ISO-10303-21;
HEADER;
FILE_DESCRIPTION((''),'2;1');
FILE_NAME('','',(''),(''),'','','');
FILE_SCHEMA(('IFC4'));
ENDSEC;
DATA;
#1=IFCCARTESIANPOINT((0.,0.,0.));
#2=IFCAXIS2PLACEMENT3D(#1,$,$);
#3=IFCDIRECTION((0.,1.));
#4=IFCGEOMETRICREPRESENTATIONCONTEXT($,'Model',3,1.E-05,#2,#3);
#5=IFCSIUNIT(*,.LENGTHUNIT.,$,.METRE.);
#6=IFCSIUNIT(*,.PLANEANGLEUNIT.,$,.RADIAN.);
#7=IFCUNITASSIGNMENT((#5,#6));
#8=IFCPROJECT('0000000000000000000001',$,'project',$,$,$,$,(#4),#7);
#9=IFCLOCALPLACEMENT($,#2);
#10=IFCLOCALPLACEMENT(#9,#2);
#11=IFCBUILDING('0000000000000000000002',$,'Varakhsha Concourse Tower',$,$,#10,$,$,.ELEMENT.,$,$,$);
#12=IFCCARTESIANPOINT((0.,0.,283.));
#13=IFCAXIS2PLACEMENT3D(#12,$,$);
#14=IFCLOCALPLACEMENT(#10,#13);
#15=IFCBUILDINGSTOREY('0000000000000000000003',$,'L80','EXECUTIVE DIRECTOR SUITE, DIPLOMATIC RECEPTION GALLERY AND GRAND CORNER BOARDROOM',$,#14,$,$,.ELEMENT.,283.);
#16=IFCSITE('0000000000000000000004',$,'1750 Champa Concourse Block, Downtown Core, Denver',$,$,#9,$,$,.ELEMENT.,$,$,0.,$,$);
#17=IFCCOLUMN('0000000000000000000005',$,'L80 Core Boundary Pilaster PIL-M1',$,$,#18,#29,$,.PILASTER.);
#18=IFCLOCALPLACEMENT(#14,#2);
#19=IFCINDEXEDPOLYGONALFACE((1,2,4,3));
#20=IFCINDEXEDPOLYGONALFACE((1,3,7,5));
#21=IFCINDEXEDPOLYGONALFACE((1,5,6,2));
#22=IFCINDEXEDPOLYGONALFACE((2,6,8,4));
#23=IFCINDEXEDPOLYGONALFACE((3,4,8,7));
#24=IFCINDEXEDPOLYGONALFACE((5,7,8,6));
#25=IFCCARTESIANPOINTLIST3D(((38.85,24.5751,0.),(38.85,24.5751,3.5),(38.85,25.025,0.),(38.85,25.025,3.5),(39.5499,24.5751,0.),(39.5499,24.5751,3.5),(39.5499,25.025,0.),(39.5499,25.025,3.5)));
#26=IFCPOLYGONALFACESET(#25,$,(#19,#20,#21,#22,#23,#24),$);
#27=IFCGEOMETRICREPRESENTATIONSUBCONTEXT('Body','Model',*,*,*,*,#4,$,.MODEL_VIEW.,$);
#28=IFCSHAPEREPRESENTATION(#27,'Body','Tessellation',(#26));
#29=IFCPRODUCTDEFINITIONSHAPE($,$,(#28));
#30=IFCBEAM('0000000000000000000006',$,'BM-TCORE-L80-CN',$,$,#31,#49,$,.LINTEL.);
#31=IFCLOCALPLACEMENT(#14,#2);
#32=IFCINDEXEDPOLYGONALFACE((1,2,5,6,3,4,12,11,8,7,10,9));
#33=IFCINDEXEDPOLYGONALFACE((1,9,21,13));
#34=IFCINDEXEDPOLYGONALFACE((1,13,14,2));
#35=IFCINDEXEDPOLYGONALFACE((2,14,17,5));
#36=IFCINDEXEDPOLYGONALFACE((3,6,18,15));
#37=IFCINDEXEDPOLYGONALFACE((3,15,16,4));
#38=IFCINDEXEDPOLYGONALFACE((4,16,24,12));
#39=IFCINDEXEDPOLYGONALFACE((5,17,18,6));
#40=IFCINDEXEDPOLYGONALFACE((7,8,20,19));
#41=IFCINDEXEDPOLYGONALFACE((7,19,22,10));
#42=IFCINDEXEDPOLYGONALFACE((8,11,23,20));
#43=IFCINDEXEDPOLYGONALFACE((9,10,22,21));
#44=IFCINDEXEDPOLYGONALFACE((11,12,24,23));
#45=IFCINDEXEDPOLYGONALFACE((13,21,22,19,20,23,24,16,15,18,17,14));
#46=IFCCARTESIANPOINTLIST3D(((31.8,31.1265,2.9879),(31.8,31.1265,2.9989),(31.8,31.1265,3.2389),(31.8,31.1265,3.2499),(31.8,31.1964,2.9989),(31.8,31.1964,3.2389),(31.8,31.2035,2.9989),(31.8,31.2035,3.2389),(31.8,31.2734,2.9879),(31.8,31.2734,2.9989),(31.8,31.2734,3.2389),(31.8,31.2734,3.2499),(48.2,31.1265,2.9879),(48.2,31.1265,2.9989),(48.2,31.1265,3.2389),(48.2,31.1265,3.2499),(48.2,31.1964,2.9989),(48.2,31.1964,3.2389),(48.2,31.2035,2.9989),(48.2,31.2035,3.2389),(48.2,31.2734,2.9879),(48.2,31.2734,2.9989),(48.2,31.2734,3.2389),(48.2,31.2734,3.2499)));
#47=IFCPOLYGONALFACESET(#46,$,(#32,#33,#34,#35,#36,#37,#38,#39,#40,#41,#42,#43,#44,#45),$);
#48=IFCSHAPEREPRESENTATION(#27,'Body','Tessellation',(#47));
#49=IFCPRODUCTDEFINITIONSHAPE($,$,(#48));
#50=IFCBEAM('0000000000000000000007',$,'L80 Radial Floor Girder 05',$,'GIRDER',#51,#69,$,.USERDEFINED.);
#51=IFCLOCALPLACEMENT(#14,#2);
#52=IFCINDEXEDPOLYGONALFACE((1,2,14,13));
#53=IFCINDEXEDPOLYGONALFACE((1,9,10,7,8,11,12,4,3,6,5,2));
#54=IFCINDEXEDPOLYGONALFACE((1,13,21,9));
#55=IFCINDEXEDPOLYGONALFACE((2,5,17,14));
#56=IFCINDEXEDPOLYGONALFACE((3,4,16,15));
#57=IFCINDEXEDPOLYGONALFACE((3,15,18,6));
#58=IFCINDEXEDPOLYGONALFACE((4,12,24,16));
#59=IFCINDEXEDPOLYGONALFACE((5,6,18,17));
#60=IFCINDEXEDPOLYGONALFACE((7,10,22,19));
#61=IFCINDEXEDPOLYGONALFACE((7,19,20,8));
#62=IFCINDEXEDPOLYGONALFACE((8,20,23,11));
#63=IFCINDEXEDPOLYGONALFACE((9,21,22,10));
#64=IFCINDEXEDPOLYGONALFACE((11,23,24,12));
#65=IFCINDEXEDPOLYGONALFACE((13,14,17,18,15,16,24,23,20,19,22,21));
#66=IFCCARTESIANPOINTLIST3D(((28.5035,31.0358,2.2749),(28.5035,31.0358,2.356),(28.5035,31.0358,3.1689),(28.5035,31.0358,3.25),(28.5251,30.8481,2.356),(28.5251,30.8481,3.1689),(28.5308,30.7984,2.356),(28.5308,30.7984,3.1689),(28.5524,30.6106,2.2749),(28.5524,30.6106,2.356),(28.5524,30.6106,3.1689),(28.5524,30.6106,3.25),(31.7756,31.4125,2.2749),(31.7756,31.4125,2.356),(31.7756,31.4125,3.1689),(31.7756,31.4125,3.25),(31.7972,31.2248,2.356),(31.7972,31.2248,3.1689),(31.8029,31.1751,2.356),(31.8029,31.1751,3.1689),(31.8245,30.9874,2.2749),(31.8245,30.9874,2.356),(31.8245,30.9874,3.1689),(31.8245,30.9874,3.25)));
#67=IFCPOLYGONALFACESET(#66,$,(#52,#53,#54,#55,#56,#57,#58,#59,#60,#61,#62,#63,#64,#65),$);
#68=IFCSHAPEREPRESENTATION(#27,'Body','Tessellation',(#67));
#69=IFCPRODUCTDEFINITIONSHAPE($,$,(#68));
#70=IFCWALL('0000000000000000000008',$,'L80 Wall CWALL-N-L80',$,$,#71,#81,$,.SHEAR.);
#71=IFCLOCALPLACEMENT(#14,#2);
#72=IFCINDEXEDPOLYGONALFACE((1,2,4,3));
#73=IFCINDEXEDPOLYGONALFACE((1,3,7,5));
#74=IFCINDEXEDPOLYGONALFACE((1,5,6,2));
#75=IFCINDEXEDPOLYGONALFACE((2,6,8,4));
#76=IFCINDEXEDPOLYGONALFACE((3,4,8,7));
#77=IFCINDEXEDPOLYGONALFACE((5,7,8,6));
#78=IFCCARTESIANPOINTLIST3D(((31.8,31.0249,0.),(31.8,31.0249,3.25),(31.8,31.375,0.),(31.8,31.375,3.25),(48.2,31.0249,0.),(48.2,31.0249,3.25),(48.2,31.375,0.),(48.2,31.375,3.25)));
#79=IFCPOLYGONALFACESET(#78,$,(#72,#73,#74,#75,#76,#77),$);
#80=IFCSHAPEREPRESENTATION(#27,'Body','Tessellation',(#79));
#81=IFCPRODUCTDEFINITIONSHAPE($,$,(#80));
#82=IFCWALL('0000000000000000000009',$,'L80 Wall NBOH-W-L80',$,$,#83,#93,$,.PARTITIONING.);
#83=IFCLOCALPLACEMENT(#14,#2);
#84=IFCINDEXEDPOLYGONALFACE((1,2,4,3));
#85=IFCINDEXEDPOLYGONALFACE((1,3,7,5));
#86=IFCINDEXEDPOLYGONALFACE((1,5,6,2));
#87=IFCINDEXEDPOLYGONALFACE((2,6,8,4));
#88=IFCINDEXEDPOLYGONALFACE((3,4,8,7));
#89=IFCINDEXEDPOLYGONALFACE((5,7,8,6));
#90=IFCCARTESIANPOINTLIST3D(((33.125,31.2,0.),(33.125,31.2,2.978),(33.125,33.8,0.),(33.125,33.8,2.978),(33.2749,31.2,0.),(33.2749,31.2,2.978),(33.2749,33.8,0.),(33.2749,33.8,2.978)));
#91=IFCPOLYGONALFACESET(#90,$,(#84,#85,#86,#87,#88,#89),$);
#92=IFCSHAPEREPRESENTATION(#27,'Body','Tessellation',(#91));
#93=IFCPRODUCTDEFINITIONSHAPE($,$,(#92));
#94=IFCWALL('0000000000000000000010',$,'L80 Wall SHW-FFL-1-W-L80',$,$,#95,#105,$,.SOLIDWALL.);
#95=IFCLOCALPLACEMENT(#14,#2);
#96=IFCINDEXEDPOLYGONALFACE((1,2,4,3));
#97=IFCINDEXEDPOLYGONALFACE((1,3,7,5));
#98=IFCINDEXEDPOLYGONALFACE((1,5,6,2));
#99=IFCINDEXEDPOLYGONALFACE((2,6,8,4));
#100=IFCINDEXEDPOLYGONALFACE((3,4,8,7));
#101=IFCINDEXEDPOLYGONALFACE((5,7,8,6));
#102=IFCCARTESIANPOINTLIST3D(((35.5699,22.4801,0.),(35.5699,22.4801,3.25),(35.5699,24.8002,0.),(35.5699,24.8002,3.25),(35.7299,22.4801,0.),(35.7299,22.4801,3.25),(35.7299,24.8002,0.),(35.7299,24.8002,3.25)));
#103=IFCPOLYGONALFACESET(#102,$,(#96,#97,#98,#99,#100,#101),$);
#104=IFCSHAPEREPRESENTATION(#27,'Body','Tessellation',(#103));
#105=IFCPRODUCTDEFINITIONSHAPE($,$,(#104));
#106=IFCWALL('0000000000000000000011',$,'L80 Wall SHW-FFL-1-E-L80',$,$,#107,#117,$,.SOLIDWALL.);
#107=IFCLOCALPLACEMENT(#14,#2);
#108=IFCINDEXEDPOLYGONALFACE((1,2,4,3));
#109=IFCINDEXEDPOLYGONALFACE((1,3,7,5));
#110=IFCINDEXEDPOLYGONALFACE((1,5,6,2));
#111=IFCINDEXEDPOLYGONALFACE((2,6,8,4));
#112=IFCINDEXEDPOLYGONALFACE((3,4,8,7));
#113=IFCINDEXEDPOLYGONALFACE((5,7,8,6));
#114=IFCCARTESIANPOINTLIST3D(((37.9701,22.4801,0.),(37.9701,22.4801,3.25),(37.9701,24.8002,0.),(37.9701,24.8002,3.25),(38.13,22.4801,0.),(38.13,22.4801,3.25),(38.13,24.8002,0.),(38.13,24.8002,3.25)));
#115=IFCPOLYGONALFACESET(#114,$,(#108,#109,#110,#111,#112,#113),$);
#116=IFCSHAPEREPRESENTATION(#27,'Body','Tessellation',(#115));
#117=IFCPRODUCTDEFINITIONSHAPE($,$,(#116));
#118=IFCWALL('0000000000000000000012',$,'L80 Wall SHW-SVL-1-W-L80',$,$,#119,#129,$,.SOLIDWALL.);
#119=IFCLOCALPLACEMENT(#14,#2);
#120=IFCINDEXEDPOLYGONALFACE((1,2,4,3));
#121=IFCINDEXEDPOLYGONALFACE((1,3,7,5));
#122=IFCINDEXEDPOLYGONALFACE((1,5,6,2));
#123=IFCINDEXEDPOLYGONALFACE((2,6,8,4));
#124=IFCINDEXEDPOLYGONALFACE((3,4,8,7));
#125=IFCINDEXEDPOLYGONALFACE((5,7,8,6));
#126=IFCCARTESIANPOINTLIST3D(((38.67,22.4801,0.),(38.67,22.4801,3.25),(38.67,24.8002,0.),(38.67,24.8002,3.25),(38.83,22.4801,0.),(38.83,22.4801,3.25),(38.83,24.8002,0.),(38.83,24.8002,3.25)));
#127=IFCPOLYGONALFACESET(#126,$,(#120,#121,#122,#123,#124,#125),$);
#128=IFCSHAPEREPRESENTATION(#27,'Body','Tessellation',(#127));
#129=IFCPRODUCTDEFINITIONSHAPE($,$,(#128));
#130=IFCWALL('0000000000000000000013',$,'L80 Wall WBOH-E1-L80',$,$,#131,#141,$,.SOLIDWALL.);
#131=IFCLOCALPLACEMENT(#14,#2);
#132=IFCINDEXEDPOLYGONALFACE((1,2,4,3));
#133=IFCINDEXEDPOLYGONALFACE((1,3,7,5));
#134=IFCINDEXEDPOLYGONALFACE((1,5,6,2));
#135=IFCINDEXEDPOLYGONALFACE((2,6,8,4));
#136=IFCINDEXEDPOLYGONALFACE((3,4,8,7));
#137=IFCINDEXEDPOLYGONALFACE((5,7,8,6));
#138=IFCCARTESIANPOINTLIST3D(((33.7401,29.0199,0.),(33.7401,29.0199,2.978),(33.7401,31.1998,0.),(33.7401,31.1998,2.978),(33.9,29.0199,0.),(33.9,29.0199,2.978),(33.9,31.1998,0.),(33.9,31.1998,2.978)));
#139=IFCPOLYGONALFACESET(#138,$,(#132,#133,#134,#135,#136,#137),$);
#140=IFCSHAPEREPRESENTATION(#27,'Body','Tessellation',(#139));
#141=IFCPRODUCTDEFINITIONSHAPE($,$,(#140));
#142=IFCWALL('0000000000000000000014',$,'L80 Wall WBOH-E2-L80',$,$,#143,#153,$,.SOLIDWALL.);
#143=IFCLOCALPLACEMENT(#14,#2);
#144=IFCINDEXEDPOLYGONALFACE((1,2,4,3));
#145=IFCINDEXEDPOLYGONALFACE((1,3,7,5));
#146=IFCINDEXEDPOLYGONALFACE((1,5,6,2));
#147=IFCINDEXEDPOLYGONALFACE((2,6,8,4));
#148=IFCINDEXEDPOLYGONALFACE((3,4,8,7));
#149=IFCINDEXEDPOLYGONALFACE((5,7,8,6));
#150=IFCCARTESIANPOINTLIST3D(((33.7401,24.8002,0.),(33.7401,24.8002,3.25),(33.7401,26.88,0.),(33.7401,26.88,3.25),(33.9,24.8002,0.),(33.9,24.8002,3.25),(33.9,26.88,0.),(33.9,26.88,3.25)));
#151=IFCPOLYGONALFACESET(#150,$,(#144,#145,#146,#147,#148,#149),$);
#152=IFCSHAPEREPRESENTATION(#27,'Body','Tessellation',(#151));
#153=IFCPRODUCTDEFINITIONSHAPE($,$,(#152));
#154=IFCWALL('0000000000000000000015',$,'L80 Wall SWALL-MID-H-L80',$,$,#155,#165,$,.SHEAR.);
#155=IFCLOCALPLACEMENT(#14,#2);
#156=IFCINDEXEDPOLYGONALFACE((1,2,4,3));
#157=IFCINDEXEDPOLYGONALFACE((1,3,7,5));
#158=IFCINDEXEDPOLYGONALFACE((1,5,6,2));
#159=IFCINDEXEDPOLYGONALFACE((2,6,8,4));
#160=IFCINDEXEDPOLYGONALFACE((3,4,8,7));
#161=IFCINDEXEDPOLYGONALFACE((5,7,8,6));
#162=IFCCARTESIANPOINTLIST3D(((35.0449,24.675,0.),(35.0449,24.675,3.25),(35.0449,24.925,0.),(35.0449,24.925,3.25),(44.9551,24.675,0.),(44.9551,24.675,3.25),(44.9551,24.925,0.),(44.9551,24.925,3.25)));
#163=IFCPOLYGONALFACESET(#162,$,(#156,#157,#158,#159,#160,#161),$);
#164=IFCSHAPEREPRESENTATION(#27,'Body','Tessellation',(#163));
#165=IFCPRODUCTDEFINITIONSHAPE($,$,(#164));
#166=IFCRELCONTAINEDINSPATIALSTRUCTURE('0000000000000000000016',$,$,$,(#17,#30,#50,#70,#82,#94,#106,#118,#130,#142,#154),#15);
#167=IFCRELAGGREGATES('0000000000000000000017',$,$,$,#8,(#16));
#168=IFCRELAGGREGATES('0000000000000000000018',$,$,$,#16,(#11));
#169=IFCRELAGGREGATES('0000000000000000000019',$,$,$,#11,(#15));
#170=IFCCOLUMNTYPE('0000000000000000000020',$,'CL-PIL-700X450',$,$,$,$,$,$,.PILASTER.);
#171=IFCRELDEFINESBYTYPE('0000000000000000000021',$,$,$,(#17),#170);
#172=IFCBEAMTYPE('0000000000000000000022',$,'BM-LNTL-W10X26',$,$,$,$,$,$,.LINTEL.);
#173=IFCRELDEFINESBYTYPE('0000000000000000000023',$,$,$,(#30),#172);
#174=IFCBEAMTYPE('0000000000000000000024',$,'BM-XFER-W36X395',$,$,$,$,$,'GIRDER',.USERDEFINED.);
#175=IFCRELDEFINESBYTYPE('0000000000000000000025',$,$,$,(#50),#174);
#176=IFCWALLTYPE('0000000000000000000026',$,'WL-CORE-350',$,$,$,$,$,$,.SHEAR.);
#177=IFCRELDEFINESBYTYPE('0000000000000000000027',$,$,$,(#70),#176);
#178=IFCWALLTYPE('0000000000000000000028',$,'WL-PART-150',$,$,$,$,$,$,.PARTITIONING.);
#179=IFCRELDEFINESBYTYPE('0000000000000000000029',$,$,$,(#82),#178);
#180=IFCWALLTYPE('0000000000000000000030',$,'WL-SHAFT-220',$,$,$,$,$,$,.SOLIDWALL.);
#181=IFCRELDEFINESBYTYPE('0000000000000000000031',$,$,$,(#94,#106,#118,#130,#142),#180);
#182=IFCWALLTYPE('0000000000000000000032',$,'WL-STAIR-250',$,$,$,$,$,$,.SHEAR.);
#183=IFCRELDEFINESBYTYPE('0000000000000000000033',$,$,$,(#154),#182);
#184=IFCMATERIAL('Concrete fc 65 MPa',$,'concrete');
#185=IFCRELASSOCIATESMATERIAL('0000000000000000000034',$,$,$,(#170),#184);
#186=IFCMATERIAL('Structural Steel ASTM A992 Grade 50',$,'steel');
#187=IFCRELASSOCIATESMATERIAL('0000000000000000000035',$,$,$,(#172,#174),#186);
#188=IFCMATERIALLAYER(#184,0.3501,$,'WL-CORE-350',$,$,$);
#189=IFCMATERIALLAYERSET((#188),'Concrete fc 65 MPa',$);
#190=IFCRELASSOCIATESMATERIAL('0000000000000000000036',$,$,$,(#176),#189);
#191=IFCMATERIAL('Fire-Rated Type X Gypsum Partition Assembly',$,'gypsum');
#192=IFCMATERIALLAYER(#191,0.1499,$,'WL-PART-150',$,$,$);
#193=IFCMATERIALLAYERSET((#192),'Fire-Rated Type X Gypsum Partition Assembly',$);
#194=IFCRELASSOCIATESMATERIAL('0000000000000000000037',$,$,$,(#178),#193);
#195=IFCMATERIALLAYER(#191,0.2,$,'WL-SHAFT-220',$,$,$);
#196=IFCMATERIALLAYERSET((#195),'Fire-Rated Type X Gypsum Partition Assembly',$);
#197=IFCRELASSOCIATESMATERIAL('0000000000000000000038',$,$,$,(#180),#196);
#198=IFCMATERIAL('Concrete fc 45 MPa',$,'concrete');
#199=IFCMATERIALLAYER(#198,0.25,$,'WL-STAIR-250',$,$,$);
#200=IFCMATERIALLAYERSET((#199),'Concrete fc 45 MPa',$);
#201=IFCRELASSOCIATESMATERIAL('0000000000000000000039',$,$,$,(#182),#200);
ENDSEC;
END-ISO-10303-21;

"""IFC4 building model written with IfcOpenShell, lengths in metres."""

from ifc_helpers import new_model, si_unit, direction, frame, frame_2d, origin, origin_2d, place, context, subcontext, project, spatial, rectangle, i_section, extrude, material, layer, layer_set, material_profile, profile_set, type_object, element, save


model = new_model("IFC4")

# Units and contexts
model_context = context("Model", 3, precision=1e-05, world=origin(), true_north=direction((0.0, 1.0)))
body_context = subcontext(model_context, "Body", "Model", "MODEL_VIEW")
ifc_project = project(units=[si_unit("LENGTHUNIT", "METRE"), si_unit("PLANEANGLEUNIT", "RADIAN")], contexts=[model_context])

# Site, building, storey
site_placement = place(None, origin())
site = spatial("IfcSite", under=ifc_project, at=site_placement, Name="1750 Champa Concourse Block, Downtown Core, Denver", CompositionType="ELEMENT", RefElevation=0.0)
building_placement = place(site_placement, origin())
building = spatial("IfcBuilding", under=site, at=building_placement, Name="Varakhsha Concourse Tower", CompositionType="ELEMENT")
storey_placement = place(building_placement, frame((0.0, 0.0, 283.0)))
storey = spatial("IfcBuildingStorey", under=building, at=storey_placement, Name="L80", Description="EXECUTIVE DIRECTOR SUITE, DIPLOMATIC RECEPTION GALLERY AND GRAND CORNER BOARDROOM", CompositionType="ELEMENT", Elevation=283.0)

# Column
ifc_material_1 = material(Name="Concrete fc 65 MPa", Category="concrete")
ifc_material_profile_1 = material_profile(ifc_material_1, rectangle(XDim=0.7, YDim=0.45, at=origin_2d()), Name="RC 700x450")
ifc_profile_set_1 = profile_set([ifc_material_profile_1], Name="Concrete fc 65 MPa")
column_type = type_object("IfcColumnType", Name="CL-PIL-700X450", PredefinedType="PILASTER", material=ifc_profile_set_1)
column_placement = place(storey_placement, frame((39.2, 24.8, 0.0), z_axis=(0.0, 0.0, 1.0), x_axis=(1.0, 0.0, 0.0)))
element("IfcColumn", 1, at=column_placement, inside=storey, type_object=column_type, Name="L80 Core Boundary Pilaster PIL-M1", PredefinedType="PILASTER", context=body_context, shape_type="SweptSolid", body=[
    extrude(rectangle(XDim=0.7, YDim=0.45, at=origin_2d()), origin(), (0.0, 0.0, 1.0), 3.5),
])

# Beams
ifc_material_2 = material(Name="Structural Steel ASTM A992 Grade 50", Category="steel")
ifc_material_profile_2 = material_profile(ifc_material_2, i_section(OverallWidth=0.147, OverallDepth=0.262, WebThickness=0.0071, FlangeThickness=0.011, at=origin_2d()), Name="W10X26")
ifc_profile_set_2 = profile_set([ifc_material_profile_2], Name="Structural Steel ASTM A992 Grade 50")
beam_type_1 = type_object("IfcBeamType", Name="BM-LNTL-W10X26", PredefinedType="LINTEL", material=ifc_profile_set_2)
beam_1_placement = place(storey_placement, frame((31.8, 31.2, 3.1189), z_axis=(1.0, 0.0, 0.0), x_axis=(0.0, 1.0, 0.0)))
element("IfcBeam", 2, at=beam_1_placement, inside=storey, type_object=beam_type_1, Name="BM-TCORE-L80-CN", PredefinedType="LINTEL", context=body_context, shape_type="SweptSolid", body=[
    extrude(i_section(OverallWidth=0.147, OverallDepth=0.262, WebThickness=0.0071, FlangeThickness=0.011, at=origin_2d()), origin(), (0.0, 0.0, 1.0), 16.3999),
])
ifc_material_profile_3 = material_profile(ifc_material_2, i_section(OverallWidth=0.428, OverallDepth=0.9751, WebThickness=0.05, FlangeThickness=0.0811, at=origin_2d()), Name="W36X395")
ifc_profile_set_3 = profile_set([ifc_material_profile_3], Name="Structural Steel ASTM A992 Grade 50")
beam_type_2 = type_object("IfcBeamType", Name="BM-XFER-W36X395", ElementType="GIRDER", PredefinedType="USERDEFINED", material=ifc_profile_set_3)
beam_2_placement = place(storey_placement, frame((31.8, 31.2, 2.7625), z_axis=(-0.993437, -0.114377, 0.0), x_axis=(0.114377, -0.993437, 0.0)))
element("IfcBeam", 3, at=beam_2_placement, inside=storey, type_object=beam_type_2, Name="L80 Radial Floor Girder 05", ObjectType="GIRDER", PredefinedType="USERDEFINED", context=body_context, shape_type="SweptSolid", body=[
    extrude(i_section(OverallWidth=0.428, OverallDepth=0.9751, WebThickness=0.05, FlangeThickness=0.0811, at=origin_2d()), origin(), (0.0, 0.0, 1.0), 3.2937),
])

# Walls
ifc_layer_1 = layer(ifc_material_1, 0.3501, Name="WL-CORE-350")
ifc_layer_set_1 = layer_set([ifc_layer_1], Name="Concrete fc 65 MPa")
wall_type_1 = type_object("IfcWallType", Name="WL-CORE-350", PredefinedType="SHEAR", material=ifc_layer_set_1)
wall_1_placement = place(storey_placement, frame((31.8, 31.2, 0.0), z_axis=(0.0, 0.0, 1.0), x_axis=(1.0, 0.0, 0.0)))
element("IfcWall", 4, at=wall_1_placement, inside=storey, type_object=wall_type_1, Name="L80 Wall CWALL-N-L80", PredefinedType="SHEAR", context=body_context, shape_type="SweptSolid", body=[
    extrude(rectangle(XDim=16.3999, YDim=0.3501, at=frame_2d((8.2, 0.0))), origin(), (0.0, 0.0, 1.0), 3.25),
])
ifc_material_3 = material(Name="Fire-Rated Type X Gypsum Partition Assembly", Category="gypsum")
ifc_layer_2 = layer(ifc_material_3, 0.1499, Name="WL-PART-150")
ifc_layer_set_2 = layer_set([ifc_layer_2], Name="Fire-Rated Type X Gypsum Partition Assembly")
wall_type_2 = type_object("IfcWallType", Name="WL-PART-150", PredefinedType="PARTITIONING", material=ifc_layer_set_2)
wall_2_placement = place(storey_placement, frame((33.2, 31.2, 0.0), z_axis=(0.0, 0.0, 1.0), x_axis=(0.0, 1.0, 0.0)))
element("IfcWall", 5, at=wall_2_placement, inside=storey, type_object=wall_type_2, Name="L80 Wall NBOH-W-L80", PredefinedType="PARTITIONING", context=body_context, shape_type="SweptSolid", body=[
    extrude(rectangle(XDim=2.6001, YDim=0.1499, at=frame_2d((1.3, 0.0))), origin(), (0.0, 0.0, 1.0), 2.978),
])

# Shared definitions
ifc_layer_3 = layer(ifc_material_3, 0.2, Name="WL-SHAFT-220")
ifc_layer_set_3 = layer_set([ifc_layer_3], Name="Fire-Rated Type X Gypsum Partition Assembly")
wall_type_3 = type_object("IfcWallType", Name="WL-SHAFT-220", PredefinedType="SOLIDWALL", material=ifc_layer_set_3)

# Walls
for number, where, z_axis, x_axis, name in (
    (6, (35.6499, 22.48, 0.0), (0.0, 0.0, 1.0), (0.0, 1.0, 0.0), "L80 Wall SHW-FFL-1-W-L80"),
    (7, (38.05, 22.48, 0.0), (0.0, 0.0, 1.0), (0.0, 1.0, 0.0), "L80 Wall SHW-FFL-1-E-L80"),
    (8, (38.75, 22.48, 0.0), (0.0, 0.0, 1.0), (0.0, 1.0, 0.0), "L80 Wall SHW-SVL-1-W-L80"),
):
    element("IfcWall", number, at=place(storey_placement, frame(where, z_axis=z_axis, x_axis=x_axis)), inside=storey, type_object=wall_type_3, Name=name, PredefinedType="SOLIDWALL", context=body_context, shape_type="SweptSolid", body=[
        extrude(rectangle(XDim=2.3201, YDim=0.1599, at=frame_2d((1.1602, 0.0))), origin(), (0.0, 0.0, 1.0), 3.25),
    ])

# Walls
wall_3_placement = place(storey_placement, frame((33.8201, 29.02, 0.0), z_axis=(0.0, 0.0, 1.0), x_axis=(0.0, 1.0, 0.0)))
element("IfcWall", 9, at=wall_3_placement, inside=storey, type_object=wall_type_3, Name="L80 Wall WBOH-E1-L80", PredefinedType="SOLIDWALL", context=body_context, shape_type="SweptSolid", body=[
    extrude(rectangle(XDim=2.1799, YDim=0.1599, at=frame_2d((1.0898, 0.0))), origin(), (0.0, 0.0, 1.0), 2.978),
])
wall_4_placement = place(storey_placement, frame((33.8201, 24.8, 0.0), z_axis=(0.0, 0.0, 1.0), x_axis=(0.0, 1.0, 0.0)))
element("IfcWall", 10, at=wall_4_placement, inside=storey, type_object=wall_type_3, Name="L80 Wall WBOH-E2-L80", PredefinedType="SOLIDWALL", context=body_context, shape_type="SweptSolid", body=[
    extrude(rectangle(XDim=2.0798, YDim=0.1599, at=frame_2d((1.04, 0.0))), origin(), (0.0, 0.0, 1.0), 3.25),
])
ifc_material_4 = material(Name="Concrete fc 45 MPa", Category="concrete")
ifc_layer_4 = layer(ifc_material_4, 0.25, Name="WL-STAIR-250")
ifc_layer_set_4 = layer_set([ifc_layer_4], Name="Concrete fc 45 MPa")
wall_type_4 = type_object("IfcWallType", Name="WL-STAIR-250", PredefinedType="SHEAR", material=ifc_layer_set_4)
wall_5_placement = place(storey_placement, frame((35.0449, 24.8, 0.0), z_axis=(0.0, 0.0, 1.0), x_axis=(1.0, 0.0, 0.0)))
element("IfcWall", 11, at=wall_5_placement, inside=storey, type_object=wall_type_4, Name="L80 Wall SWALL-MID-H-L80", PredefinedType="SHEAR", context=body_context, shape_type="SweptSolid", body=[
    extrude(rectangle(XDim=9.9102, YDim=0.25, at=frame_2d((4.9551, 0.0))), origin(), (0.0, 0.0, 1.0), 3.25),
])

save(model, "model.ifc")
